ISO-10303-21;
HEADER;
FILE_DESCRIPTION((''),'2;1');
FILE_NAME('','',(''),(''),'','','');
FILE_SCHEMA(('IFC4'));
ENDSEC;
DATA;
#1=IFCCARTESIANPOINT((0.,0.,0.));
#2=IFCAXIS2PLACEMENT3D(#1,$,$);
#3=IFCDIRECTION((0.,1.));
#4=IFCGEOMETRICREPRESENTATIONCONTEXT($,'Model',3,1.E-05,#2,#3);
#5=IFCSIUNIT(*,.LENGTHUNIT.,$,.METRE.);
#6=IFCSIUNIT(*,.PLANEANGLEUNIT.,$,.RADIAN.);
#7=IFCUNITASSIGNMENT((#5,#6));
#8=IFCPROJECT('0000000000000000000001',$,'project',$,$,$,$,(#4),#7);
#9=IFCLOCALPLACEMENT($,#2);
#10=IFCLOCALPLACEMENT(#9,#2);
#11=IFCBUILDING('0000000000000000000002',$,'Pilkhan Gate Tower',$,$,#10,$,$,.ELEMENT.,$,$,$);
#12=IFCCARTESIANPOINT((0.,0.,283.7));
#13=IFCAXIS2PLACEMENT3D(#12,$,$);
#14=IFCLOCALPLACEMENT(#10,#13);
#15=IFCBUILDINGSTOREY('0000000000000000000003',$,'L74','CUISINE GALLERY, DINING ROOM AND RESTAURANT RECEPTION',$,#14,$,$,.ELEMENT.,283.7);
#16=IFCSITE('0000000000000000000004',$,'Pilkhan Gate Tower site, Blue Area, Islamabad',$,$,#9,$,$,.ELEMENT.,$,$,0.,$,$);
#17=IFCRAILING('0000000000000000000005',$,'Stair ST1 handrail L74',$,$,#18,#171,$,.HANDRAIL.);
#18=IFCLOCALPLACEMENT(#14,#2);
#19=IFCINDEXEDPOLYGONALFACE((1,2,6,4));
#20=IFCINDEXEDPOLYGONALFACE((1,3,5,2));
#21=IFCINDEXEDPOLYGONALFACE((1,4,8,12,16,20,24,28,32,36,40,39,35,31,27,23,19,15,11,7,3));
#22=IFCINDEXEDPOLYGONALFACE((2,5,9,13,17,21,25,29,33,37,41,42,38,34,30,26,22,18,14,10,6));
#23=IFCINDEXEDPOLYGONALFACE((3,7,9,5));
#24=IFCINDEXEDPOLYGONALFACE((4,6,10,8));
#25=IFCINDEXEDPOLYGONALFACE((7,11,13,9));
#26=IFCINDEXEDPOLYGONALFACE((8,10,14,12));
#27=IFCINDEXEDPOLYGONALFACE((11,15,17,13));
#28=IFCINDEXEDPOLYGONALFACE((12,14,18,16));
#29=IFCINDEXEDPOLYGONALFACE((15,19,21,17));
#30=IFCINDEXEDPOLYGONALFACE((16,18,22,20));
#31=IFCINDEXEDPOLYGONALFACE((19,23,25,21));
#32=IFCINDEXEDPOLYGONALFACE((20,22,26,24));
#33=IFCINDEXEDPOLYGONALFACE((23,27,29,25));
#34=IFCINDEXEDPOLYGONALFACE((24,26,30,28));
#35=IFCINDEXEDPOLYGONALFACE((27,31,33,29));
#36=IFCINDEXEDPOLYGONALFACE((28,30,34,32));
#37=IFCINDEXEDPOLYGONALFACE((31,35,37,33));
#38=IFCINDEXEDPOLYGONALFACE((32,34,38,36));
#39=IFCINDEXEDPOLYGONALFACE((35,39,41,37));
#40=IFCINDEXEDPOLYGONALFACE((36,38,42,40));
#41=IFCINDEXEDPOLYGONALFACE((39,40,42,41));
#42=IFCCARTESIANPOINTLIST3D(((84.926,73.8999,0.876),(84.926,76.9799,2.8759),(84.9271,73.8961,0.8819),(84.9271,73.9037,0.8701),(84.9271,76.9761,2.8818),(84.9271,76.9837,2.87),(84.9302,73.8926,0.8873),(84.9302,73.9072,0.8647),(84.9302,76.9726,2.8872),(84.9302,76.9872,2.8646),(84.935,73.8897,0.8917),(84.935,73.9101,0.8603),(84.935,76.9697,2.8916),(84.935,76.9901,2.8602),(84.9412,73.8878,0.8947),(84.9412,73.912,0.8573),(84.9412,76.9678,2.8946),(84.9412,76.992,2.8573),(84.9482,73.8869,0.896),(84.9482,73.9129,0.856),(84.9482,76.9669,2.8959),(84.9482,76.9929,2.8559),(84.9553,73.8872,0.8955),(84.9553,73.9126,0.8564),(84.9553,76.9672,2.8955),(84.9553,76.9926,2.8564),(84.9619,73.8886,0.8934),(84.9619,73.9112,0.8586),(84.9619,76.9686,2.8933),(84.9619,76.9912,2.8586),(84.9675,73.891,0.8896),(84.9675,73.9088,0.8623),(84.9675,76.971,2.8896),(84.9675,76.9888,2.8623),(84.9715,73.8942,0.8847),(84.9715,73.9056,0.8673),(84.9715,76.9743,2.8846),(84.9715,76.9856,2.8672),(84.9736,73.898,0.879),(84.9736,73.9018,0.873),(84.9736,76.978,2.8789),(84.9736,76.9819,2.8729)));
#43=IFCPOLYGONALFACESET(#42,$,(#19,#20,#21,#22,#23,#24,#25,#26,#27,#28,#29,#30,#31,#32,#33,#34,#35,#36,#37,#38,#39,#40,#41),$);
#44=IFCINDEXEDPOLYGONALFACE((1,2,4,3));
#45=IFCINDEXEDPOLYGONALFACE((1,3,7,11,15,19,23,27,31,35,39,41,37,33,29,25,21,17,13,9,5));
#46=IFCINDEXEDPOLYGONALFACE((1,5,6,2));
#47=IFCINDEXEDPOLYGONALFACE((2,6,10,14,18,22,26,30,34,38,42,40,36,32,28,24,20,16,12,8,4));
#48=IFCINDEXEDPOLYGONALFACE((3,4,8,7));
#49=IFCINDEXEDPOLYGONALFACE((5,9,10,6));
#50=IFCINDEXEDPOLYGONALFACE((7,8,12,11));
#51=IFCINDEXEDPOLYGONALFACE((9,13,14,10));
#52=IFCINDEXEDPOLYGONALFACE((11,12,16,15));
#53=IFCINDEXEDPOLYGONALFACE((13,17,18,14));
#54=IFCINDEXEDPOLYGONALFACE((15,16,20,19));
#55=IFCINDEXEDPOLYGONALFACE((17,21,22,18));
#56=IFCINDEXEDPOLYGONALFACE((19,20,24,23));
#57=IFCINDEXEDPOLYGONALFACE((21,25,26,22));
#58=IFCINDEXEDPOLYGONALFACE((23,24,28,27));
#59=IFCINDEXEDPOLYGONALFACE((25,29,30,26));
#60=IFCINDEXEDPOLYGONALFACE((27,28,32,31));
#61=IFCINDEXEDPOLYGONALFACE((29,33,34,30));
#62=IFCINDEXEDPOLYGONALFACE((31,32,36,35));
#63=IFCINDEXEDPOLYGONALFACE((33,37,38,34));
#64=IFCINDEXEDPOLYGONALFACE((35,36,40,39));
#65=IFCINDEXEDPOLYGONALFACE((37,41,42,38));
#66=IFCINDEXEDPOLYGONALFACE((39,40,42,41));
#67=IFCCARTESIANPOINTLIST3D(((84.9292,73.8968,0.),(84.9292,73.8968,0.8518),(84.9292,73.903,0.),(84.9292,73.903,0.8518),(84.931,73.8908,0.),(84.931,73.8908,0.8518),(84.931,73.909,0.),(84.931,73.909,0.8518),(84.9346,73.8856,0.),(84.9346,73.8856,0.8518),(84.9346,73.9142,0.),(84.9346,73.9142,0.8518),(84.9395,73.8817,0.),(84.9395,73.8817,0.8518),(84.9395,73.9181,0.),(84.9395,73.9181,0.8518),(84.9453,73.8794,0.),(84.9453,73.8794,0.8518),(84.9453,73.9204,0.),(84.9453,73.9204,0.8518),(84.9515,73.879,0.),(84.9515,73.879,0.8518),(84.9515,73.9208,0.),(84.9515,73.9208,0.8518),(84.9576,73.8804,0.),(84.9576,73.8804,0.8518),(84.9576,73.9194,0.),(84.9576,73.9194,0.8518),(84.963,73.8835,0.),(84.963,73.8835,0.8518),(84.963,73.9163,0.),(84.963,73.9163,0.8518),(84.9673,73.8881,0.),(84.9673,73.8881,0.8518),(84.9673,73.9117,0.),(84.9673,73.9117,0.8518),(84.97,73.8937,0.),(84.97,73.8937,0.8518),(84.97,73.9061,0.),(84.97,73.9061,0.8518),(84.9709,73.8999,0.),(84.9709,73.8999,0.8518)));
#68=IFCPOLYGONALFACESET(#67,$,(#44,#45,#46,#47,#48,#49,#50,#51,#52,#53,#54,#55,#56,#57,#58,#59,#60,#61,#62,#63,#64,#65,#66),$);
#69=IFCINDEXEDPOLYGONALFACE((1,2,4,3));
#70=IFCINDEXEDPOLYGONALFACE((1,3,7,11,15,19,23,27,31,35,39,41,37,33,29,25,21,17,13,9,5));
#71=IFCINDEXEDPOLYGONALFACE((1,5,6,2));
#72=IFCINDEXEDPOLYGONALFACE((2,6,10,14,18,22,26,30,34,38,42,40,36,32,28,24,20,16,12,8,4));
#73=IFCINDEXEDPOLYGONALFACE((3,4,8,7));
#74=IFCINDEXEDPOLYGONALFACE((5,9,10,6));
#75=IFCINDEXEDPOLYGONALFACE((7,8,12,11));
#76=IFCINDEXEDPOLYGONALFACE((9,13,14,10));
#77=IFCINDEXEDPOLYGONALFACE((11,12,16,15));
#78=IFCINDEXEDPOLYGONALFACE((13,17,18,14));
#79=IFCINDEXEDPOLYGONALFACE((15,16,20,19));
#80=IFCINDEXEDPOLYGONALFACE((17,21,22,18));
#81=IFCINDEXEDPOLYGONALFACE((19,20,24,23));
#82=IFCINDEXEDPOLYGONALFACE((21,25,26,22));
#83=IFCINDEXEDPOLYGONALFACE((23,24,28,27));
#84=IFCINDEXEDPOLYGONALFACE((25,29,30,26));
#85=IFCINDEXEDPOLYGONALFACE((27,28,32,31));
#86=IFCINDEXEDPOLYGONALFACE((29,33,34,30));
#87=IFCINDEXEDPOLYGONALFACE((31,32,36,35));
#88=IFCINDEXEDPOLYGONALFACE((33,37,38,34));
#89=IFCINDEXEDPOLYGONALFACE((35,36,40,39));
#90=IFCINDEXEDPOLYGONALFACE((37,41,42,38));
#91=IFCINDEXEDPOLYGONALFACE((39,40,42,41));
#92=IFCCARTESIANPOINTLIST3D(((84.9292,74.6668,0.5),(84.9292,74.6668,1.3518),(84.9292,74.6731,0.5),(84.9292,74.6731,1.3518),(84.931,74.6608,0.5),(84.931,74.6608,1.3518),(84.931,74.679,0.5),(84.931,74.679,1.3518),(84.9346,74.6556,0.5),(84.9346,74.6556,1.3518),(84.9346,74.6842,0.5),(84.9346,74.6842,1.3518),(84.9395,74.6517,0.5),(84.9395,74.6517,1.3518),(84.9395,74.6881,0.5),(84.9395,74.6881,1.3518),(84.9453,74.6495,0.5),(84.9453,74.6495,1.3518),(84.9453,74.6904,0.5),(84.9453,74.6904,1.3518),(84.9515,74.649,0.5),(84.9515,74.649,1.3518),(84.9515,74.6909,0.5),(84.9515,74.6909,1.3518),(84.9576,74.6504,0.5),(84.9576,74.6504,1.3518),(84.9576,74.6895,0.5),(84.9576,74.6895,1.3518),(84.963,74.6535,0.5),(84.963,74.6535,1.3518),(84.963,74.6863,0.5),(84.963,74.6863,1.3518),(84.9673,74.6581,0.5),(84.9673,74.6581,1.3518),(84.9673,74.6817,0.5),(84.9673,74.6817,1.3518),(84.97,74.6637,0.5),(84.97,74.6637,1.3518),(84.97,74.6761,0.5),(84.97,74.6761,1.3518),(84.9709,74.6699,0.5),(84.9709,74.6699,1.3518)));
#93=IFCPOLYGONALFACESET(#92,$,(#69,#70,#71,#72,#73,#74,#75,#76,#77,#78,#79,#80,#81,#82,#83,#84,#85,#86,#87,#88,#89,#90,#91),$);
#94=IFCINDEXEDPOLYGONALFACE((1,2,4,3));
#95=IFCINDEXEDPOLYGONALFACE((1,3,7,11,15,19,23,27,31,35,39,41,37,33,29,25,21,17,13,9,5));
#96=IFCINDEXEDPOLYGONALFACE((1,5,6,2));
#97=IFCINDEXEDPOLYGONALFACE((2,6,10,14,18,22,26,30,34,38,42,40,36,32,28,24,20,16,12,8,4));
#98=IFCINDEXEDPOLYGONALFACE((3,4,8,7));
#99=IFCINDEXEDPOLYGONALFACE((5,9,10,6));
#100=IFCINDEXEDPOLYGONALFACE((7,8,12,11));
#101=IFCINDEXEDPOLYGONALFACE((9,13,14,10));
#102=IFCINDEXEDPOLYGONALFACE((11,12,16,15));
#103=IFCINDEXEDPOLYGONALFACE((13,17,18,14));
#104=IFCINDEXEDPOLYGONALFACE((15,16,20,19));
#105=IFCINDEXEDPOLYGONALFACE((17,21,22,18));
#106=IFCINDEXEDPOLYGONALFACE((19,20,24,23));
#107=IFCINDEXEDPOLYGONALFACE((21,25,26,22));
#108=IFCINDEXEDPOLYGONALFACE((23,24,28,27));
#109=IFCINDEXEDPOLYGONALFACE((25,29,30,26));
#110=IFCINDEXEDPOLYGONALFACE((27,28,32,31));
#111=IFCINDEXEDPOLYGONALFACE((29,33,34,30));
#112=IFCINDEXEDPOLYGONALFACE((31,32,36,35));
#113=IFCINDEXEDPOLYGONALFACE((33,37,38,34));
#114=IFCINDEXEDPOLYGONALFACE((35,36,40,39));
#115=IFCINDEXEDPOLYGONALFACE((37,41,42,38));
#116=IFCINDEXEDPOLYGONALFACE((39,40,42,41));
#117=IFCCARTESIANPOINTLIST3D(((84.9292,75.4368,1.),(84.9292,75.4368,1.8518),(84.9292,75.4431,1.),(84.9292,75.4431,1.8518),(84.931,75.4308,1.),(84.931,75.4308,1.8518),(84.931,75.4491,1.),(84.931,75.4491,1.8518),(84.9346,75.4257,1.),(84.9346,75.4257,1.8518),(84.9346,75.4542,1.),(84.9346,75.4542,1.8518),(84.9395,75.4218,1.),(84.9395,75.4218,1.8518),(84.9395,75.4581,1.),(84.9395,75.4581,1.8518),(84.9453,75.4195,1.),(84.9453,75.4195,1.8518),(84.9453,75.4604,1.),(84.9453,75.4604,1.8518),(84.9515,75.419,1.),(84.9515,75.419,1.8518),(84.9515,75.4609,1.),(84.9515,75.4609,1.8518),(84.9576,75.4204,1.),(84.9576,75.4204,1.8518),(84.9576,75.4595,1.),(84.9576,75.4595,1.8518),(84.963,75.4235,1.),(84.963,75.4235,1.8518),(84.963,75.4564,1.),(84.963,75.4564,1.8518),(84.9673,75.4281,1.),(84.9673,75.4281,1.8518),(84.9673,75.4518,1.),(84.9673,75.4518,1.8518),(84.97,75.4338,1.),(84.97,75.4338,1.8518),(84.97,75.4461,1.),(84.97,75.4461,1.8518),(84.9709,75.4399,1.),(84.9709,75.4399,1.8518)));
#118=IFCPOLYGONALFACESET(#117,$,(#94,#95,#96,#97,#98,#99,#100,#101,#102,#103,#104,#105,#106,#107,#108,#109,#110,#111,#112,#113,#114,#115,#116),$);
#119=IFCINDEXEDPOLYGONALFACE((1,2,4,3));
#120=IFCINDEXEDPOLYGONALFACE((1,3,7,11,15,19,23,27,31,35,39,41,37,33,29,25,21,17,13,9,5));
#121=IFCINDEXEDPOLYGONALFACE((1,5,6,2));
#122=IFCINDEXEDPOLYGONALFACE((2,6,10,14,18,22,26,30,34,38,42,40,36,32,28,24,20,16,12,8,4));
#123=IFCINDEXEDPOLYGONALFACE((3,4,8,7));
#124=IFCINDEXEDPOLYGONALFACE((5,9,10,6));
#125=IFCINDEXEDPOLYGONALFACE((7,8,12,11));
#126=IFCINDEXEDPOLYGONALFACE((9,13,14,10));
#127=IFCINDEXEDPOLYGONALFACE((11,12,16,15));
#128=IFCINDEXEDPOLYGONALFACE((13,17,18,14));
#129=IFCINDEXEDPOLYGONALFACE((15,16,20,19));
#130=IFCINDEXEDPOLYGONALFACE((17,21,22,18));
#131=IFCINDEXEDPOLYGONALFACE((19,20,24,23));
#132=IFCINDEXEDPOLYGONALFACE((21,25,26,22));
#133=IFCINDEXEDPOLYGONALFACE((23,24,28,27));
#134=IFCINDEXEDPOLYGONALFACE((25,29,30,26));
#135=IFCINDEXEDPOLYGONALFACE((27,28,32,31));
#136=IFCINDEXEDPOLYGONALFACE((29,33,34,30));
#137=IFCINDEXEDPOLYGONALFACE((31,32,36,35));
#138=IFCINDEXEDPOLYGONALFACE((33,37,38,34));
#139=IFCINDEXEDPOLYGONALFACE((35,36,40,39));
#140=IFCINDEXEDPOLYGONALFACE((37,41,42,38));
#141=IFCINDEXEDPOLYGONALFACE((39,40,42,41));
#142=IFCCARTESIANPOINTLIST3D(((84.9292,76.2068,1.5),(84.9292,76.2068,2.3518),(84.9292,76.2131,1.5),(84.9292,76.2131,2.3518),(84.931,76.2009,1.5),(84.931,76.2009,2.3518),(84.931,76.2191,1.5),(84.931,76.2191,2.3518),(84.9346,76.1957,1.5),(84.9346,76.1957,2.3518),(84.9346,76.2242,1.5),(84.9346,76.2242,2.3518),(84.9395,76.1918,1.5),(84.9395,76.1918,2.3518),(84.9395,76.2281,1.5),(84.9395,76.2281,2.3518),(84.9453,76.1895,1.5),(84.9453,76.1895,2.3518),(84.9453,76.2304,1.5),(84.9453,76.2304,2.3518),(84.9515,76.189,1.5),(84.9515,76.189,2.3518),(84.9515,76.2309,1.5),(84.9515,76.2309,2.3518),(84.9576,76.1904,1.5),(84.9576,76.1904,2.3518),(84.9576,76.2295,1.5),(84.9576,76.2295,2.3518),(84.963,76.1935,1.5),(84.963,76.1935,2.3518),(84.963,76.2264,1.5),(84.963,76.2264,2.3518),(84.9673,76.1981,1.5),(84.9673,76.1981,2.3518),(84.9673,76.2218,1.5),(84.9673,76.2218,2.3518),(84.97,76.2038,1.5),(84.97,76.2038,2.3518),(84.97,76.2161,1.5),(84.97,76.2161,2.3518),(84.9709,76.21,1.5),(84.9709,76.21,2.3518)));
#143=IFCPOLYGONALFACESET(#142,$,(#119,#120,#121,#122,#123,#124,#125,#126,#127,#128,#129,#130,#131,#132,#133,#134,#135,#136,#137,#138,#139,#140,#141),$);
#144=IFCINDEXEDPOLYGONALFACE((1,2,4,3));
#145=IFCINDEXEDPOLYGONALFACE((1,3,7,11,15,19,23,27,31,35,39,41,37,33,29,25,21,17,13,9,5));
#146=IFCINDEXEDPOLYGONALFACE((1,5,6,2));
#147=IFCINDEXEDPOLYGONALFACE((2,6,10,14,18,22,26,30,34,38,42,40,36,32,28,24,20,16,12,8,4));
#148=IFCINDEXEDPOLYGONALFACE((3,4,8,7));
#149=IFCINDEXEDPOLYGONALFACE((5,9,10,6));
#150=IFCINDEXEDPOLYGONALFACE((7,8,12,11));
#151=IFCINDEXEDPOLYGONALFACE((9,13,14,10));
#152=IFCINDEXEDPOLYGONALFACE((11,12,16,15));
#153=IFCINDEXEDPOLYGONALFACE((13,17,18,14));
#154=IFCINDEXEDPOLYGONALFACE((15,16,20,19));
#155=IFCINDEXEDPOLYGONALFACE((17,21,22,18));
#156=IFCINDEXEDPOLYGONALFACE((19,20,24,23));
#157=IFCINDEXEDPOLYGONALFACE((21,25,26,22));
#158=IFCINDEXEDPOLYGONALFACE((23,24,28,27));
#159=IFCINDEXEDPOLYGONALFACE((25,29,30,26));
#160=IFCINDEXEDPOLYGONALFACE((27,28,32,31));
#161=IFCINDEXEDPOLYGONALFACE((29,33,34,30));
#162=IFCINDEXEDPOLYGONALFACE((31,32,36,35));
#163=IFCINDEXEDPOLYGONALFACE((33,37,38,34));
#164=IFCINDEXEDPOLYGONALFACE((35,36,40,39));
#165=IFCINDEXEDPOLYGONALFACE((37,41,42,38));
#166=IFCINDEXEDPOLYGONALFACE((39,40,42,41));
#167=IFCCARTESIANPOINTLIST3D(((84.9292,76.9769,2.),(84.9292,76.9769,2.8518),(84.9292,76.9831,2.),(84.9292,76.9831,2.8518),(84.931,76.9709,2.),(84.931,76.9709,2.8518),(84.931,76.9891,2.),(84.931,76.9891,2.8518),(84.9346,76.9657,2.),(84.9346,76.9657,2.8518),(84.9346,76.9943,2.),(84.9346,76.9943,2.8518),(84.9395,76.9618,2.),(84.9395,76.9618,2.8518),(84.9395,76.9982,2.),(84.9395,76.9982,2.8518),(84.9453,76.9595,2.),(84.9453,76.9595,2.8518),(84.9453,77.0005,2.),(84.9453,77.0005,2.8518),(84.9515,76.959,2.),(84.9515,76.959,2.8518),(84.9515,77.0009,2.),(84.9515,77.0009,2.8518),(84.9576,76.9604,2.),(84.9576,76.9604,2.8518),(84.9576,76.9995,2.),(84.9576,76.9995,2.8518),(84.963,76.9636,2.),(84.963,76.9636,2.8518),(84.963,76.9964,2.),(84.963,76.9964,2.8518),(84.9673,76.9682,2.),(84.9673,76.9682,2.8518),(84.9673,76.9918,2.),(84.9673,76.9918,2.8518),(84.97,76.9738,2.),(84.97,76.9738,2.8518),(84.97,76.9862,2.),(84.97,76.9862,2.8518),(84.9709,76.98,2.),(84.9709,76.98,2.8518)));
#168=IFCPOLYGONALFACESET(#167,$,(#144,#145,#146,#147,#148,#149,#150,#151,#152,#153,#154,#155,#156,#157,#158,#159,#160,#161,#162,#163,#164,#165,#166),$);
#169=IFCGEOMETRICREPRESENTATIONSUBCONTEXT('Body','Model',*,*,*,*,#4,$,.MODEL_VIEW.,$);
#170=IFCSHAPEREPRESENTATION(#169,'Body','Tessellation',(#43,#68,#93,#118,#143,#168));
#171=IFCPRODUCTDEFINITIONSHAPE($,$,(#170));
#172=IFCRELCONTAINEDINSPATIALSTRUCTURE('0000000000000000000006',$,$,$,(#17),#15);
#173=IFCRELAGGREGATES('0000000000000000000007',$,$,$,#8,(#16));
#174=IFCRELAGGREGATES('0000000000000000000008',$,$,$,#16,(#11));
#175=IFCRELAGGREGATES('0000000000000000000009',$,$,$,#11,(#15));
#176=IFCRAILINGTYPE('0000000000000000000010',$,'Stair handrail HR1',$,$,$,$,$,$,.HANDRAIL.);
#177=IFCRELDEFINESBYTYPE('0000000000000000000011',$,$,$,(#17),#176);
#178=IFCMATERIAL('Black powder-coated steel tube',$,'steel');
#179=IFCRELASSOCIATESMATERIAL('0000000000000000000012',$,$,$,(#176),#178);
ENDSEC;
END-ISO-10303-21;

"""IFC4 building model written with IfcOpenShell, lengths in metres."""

from ifc_helpers import new_model, si_unit, direction, frame, origin, origin_2d, place, context, subcontext, project, spatial, circle, extrude, material, type_object, element, save


model = new_model("IFC4")

# Units and contexts
model_context = context("Model", 3, precision=1e-05, world=origin(), true_north=direction((0.0, 1.0)))
body_context = subcontext(model_context, "Body", "Model", "MODEL_VIEW")
ifc_project = project(units=[si_unit("LENGTHUNIT", "METRE"), si_unit("PLANEANGLEUNIT", "RADIAN")], contexts=[model_context])

# Site, building, storey
site_placement = place(None, origin())
site = spatial("IfcSite", under=ifc_project, at=site_placement, Name="Pilkhan Gate Tower site, Blue Area, Islamabad", CompositionType="ELEMENT", RefElevation=0.0)
building_placement = place(site_placement, origin())
building = spatial("IfcBuilding", under=site, at=building_placement, Name="Pilkhan Gate Tower", CompositionType="ELEMENT")
storey_placement = place(building_placement, frame((0.0, 0.0, 283.7)))
storey = spatial("IfcBuildingStorey", under=building, at=storey_placement, Name="L74", Description="CUISINE GALLERY, DINING ROOM AND RESTAURANT RECEPTION", CompositionType="ELEMENT", Elevation=283.7)

# Railing
ifc_material_1 = material(Name="Black powder-coated steel tube", Category="steel")
railing_type_1 = type_object("IfcRailingType", Name="Stair handrail HR1", PredefinedType="HANDRAIL", material=ifc_material_1)
railing_1_placement = place(storey_placement, frame((84.95, 73.8999, 0.0)))
element("IfcRailing", 1, at=railing_1_placement, inside=storey, type_object=railing_type_1, Name="Stair ST1 handrail L74", PredefinedType="HANDRAIL", context=body_context, shape_type="SweptSolid", body=[
    extrude(circle(Radius=0.0239, at=origin_2d()), frame((0.0, 0.0, 0.876), z_axis=(0.0, 0.838699, 0.544596), x_axis=(-1.0, 0.0, 0.0)), (0.0, 0.0, 1.0), 3.6724),
    extrude(circle(Radius=0.021, at=origin_2d()), origin(), (0.0, 0.0, 1.0), 0.8518),
    extrude(circle(Radius=0.021, at=origin_2d()), frame((0.0, 0.77, 0.5)), (0.0, 0.0, 1.0), 0.8518),
    extrude(circle(Radius=0.021, at=origin_2d()), frame((0.0, 1.54, 1.0)), (0.0, 0.0, 1.0), 0.8518),
    extrude(circle(Radius=0.021, at=origin_2d()), frame((0.0, 2.3101, 1.5)), (0.0, 0.0, 1.0), 0.8518),
    extrude(circle(Radius=0.021, at=origin_2d()), frame((0.0, 3.0801, 2.0)), (0.0, 0.0, 1.0), 0.8518),
])

save(model, "model.ifc")
